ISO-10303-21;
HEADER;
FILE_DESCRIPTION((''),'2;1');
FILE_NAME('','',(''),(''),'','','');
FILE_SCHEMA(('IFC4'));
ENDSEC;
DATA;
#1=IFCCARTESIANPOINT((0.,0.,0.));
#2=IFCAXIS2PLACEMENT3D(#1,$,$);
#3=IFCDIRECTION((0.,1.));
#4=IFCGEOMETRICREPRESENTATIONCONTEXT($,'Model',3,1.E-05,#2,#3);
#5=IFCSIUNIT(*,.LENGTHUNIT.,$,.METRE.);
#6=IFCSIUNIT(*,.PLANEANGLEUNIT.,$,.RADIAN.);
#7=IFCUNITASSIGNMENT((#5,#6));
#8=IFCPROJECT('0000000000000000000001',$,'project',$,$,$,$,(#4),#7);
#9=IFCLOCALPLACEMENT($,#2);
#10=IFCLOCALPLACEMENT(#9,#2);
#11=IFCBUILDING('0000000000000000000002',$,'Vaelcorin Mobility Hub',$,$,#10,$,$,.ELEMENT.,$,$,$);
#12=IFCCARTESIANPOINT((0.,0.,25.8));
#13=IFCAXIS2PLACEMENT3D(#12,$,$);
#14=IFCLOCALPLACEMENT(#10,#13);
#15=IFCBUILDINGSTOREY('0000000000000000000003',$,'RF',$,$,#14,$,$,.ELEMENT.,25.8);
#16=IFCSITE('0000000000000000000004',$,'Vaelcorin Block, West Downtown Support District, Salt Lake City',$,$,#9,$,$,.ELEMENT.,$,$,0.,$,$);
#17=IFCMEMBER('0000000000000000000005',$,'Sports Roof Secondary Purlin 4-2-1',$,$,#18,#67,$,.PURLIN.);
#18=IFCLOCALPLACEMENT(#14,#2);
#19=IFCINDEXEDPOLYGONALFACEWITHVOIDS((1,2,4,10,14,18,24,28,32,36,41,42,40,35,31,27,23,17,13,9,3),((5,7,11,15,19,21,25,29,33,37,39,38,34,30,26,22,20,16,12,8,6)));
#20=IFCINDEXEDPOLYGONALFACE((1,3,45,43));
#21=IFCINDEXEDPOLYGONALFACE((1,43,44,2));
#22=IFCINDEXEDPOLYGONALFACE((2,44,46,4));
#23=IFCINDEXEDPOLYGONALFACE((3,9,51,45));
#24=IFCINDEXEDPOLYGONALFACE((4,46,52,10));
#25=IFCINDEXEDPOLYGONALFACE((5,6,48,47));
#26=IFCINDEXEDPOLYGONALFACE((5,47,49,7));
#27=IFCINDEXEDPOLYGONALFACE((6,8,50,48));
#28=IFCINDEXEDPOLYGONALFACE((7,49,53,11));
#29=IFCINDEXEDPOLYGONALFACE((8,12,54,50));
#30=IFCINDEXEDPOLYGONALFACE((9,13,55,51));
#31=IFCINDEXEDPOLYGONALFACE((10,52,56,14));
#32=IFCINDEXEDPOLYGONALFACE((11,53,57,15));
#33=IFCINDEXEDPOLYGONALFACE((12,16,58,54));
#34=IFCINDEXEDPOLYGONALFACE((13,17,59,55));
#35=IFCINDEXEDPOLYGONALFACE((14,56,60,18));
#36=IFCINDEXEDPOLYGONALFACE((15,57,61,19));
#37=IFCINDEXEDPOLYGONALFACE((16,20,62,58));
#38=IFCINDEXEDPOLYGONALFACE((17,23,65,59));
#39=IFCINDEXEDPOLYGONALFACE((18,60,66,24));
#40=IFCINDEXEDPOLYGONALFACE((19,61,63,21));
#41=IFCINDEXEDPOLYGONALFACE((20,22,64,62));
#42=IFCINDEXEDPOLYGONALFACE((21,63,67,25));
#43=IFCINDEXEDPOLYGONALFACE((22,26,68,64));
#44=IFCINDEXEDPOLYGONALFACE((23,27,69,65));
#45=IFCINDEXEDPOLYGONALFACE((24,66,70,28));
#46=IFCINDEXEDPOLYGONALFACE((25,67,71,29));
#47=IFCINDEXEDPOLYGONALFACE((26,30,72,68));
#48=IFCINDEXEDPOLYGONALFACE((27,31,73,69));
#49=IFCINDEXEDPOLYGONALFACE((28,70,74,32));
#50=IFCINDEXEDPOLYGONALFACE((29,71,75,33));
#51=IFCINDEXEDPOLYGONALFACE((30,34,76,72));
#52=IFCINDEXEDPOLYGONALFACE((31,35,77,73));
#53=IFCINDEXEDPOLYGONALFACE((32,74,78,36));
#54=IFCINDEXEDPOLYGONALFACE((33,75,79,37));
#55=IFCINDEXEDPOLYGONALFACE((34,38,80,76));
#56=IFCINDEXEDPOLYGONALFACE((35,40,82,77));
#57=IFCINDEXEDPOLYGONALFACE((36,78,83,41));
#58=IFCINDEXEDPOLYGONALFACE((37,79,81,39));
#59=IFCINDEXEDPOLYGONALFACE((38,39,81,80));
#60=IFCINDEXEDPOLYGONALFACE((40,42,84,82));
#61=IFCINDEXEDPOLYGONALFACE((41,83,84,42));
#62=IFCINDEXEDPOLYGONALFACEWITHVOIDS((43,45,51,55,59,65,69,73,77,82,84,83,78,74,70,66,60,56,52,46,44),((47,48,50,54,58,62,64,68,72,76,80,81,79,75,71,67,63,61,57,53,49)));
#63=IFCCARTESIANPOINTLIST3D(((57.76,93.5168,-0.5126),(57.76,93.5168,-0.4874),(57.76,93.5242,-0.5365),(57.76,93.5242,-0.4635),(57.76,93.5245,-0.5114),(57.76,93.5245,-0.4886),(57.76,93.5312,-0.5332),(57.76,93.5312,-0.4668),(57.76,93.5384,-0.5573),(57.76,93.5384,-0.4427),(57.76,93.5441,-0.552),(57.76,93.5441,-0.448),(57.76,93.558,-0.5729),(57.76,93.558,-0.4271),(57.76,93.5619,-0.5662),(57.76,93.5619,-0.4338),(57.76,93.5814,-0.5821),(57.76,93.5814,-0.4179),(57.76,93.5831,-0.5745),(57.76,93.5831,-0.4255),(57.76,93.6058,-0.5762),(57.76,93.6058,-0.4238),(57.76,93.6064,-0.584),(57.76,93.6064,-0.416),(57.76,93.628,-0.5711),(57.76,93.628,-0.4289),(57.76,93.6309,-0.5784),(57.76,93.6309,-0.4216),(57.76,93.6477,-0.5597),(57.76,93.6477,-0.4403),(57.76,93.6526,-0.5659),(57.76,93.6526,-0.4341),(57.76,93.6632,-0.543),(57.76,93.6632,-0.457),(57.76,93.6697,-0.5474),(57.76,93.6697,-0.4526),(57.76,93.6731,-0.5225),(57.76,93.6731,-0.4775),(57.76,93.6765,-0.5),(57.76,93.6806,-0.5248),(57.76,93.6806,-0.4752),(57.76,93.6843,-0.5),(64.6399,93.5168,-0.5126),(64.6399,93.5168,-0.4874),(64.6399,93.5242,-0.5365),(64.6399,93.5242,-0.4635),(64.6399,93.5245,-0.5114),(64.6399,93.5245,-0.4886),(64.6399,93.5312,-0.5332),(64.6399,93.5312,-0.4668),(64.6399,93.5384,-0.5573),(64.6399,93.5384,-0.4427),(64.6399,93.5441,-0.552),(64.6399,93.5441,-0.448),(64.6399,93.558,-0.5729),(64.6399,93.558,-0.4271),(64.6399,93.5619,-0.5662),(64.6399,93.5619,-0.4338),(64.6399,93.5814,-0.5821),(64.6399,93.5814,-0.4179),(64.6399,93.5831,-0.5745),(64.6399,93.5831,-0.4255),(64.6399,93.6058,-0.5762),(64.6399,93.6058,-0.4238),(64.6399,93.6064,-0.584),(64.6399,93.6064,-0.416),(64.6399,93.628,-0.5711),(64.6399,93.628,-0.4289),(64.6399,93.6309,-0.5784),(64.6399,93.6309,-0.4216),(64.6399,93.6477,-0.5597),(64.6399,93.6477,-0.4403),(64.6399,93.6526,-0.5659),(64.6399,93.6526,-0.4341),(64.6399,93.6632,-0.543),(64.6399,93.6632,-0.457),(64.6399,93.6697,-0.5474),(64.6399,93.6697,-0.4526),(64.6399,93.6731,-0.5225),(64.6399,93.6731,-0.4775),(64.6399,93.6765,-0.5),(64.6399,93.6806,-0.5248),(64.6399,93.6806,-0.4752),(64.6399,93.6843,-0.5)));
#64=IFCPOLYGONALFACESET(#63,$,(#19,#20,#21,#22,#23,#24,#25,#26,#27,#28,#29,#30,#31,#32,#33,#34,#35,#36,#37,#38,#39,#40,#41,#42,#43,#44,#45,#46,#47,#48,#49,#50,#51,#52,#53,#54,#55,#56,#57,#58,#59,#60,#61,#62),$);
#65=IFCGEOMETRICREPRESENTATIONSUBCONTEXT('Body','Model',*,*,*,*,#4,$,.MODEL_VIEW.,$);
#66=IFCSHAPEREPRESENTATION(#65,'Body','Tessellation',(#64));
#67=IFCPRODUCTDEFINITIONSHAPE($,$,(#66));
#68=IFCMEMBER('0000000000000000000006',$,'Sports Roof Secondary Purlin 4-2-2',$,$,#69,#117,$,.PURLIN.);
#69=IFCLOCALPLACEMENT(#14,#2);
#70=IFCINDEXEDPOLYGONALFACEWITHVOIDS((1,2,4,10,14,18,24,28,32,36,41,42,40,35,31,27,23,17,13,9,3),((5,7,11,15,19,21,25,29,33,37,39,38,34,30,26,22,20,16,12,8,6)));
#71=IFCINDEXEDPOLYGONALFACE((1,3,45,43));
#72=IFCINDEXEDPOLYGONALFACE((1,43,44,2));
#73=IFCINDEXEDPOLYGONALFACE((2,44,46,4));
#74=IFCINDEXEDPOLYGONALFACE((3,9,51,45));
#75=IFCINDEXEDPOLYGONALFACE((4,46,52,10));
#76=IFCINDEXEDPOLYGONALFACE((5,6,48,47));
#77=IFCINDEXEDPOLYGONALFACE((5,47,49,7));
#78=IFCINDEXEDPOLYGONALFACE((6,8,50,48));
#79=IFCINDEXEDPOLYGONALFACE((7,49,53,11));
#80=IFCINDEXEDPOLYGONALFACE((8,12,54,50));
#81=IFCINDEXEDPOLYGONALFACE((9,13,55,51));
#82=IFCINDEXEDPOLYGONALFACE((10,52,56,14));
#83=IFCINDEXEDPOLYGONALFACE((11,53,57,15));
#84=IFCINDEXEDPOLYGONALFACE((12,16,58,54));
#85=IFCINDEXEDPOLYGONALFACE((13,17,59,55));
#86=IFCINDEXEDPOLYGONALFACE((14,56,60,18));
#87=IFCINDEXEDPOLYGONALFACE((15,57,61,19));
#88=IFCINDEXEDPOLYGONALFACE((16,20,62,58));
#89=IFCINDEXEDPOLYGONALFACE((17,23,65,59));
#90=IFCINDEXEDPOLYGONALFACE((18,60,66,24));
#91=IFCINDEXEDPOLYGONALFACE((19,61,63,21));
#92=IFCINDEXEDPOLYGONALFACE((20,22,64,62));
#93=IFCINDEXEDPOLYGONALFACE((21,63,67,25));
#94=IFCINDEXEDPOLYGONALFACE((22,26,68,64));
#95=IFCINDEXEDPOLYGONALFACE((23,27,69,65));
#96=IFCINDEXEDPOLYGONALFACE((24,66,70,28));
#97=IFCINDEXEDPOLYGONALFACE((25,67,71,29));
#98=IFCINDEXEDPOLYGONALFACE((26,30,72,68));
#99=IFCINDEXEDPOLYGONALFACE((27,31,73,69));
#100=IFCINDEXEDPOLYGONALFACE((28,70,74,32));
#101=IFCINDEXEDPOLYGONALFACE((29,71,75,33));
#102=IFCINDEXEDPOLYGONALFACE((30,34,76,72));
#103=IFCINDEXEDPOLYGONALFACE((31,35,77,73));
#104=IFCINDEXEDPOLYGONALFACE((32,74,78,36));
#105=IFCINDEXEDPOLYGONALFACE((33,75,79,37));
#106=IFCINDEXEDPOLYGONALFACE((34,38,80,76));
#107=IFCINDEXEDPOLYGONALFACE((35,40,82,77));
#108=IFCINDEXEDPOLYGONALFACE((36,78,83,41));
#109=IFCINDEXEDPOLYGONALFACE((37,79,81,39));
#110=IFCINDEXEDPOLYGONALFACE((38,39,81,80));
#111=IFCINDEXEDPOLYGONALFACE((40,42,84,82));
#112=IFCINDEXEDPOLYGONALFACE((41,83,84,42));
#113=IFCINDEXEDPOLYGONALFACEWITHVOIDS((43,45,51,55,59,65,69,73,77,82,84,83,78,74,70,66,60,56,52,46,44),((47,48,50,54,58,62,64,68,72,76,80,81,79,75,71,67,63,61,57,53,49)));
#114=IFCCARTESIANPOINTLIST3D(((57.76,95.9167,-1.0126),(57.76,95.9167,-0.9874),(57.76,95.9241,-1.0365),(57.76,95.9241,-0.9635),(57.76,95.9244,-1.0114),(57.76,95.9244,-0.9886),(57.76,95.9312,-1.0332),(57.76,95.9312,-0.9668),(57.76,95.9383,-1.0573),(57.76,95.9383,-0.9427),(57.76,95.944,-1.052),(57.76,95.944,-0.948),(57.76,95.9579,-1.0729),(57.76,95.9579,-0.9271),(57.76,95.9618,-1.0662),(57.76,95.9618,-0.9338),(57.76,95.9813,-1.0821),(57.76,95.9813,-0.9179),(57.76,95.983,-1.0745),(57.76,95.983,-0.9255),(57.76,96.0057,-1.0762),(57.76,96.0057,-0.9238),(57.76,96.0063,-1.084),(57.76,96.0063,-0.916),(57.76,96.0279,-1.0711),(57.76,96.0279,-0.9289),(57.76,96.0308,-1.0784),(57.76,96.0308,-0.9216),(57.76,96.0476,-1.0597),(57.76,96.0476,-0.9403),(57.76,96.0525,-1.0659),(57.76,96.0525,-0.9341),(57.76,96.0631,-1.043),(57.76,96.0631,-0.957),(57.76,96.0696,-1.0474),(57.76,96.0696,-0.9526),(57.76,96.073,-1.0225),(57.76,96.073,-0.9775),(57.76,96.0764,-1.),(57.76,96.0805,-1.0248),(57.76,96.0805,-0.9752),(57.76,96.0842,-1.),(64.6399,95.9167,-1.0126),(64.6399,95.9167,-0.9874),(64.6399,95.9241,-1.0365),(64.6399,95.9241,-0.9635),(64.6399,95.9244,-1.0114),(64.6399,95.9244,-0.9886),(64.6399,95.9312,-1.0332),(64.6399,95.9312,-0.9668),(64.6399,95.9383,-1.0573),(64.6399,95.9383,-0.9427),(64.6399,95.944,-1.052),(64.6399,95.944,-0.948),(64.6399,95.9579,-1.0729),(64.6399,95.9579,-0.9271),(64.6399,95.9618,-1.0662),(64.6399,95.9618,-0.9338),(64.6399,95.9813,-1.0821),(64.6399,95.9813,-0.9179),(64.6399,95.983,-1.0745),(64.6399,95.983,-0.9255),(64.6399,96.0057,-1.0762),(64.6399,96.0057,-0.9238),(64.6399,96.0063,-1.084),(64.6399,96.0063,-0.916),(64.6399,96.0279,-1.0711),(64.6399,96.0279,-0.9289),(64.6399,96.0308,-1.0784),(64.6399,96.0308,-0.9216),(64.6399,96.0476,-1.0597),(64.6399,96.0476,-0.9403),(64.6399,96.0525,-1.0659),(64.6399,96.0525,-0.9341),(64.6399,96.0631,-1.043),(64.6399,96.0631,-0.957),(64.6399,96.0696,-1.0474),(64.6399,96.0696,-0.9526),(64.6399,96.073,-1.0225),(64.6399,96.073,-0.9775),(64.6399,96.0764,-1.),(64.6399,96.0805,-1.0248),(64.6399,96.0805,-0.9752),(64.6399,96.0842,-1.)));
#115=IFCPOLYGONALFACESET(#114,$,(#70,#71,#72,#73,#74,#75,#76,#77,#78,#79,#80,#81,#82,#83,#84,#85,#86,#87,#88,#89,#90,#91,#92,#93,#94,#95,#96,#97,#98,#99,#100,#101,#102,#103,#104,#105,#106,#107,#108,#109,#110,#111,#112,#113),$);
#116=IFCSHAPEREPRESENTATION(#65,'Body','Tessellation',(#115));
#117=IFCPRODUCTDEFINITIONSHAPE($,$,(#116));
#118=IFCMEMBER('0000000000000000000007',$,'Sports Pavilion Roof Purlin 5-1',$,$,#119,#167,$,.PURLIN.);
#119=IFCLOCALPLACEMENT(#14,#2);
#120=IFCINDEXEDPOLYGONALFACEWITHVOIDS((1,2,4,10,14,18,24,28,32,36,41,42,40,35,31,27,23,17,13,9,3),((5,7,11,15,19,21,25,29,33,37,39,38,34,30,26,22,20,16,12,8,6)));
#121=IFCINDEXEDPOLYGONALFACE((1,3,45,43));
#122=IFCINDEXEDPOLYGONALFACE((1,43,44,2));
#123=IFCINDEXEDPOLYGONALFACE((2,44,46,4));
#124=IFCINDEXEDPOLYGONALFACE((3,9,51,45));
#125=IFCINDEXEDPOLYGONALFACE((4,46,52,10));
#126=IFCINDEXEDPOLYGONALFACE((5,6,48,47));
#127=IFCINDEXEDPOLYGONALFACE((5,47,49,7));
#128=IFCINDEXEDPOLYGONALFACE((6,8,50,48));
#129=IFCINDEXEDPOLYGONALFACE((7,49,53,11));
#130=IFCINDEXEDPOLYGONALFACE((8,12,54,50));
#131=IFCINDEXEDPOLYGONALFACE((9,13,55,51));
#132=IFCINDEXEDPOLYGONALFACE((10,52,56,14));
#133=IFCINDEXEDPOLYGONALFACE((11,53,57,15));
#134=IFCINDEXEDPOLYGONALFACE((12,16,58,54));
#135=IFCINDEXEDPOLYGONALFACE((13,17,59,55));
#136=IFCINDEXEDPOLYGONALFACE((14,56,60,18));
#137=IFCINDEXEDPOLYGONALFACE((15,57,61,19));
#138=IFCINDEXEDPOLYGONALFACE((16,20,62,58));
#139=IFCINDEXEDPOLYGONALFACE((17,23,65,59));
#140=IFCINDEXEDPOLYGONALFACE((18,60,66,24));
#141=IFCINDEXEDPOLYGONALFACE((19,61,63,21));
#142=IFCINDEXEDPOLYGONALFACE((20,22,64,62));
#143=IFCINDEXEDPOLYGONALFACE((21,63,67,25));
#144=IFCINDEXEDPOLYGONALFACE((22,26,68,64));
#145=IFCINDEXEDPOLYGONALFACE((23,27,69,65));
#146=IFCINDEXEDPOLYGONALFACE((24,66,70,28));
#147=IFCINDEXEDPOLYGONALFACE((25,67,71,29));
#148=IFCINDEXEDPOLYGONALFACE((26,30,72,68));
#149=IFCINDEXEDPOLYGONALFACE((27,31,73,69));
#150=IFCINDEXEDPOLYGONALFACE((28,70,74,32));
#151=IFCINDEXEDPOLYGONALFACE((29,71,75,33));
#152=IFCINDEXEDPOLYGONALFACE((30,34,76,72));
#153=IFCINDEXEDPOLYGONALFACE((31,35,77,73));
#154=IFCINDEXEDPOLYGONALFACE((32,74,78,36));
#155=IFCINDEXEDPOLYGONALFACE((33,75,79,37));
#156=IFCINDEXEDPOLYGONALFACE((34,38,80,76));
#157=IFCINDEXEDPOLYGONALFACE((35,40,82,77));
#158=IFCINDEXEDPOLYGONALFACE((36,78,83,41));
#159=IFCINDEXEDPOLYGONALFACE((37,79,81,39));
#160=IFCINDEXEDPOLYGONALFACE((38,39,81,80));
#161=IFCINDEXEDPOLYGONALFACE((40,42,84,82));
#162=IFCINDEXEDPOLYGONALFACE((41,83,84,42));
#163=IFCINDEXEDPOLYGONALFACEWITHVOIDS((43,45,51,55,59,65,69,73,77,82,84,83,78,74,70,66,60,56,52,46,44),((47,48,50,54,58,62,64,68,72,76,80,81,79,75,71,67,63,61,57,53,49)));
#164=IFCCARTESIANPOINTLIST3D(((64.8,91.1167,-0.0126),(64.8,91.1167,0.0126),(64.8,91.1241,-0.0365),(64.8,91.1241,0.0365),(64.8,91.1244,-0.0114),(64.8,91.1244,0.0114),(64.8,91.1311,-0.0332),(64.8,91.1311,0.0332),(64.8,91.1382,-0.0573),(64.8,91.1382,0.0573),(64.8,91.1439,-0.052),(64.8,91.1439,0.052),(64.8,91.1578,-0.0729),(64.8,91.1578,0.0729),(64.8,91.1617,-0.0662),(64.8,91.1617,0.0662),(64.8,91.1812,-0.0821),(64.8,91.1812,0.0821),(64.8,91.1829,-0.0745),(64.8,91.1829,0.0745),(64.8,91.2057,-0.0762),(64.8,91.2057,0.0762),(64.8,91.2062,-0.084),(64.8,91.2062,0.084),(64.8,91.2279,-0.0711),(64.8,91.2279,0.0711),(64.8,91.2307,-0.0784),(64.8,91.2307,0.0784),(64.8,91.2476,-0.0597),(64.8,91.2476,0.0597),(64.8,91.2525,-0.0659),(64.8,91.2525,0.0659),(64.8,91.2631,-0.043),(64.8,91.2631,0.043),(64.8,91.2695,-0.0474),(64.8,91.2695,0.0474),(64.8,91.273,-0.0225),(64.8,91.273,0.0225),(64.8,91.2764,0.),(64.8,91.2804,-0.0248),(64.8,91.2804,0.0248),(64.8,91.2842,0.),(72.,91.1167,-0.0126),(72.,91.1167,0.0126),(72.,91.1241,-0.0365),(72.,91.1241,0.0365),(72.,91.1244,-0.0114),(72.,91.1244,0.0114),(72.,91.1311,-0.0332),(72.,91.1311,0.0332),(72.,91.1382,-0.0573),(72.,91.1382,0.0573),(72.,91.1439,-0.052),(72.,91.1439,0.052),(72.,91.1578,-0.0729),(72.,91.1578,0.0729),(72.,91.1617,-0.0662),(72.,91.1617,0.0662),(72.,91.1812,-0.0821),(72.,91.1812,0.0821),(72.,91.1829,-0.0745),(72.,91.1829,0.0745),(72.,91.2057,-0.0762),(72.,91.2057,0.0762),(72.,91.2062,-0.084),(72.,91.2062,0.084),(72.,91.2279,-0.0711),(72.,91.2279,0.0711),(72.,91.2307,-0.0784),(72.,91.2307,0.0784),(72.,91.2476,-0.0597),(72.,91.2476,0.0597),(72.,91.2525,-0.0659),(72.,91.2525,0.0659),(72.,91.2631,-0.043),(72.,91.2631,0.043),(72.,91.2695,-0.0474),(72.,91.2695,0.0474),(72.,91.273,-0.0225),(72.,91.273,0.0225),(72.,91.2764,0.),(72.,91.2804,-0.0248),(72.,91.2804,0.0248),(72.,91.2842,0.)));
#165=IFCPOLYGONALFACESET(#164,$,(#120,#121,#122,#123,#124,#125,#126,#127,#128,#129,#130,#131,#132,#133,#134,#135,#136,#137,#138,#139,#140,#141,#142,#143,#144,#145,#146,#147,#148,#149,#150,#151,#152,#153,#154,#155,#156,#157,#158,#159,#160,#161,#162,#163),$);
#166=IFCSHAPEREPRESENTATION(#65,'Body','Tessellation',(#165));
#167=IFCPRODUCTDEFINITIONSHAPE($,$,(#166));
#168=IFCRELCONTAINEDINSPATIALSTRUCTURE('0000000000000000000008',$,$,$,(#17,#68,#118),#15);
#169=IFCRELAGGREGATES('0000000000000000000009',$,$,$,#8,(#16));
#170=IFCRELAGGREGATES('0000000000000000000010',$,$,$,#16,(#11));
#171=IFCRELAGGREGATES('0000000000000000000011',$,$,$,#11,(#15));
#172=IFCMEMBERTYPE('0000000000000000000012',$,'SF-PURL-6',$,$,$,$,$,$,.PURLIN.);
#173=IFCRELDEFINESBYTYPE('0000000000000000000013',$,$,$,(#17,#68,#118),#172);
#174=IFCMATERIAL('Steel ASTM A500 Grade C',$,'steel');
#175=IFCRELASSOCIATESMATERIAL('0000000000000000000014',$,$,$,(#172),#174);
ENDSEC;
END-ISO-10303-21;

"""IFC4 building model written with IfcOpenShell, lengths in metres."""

from ifc_helpers import new_model, si_unit, direction, frame, origin, origin_2d, place, context, subcontext, project, spatial, hollow_circle, extrude, material, material_profile, profile_set, type_object, element, save


model = new_model("IFC4")

# Units and contexts
model_context = context("Model", 3, precision=1e-05, world=origin(), true_north=direction((0.0, 1.0)))
body_context = subcontext(model_context, "Body", "Model", "MODEL_VIEW")
ifc_project = project(units=[si_unit("LENGTHUNIT", "METRE"), si_unit("PLANEANGLEUNIT", "RADIAN")], contexts=[model_context])

# Site, building, storey
site_placement = place(None, origin())
site = spatial("IfcSite", under=ifc_project, at=site_placement, Name="Vaelcorin Block, West Downtown Support District, Salt Lake City", CompositionType="ELEMENT", RefElevation=0.0)
building_placement = place(site_placement, origin())
building = spatial("IfcBuilding", under=site, at=building_placement, Name="Vaelcorin Mobility Hub", CompositionType="ELEMENT")
storey_placement = place(building_placement, frame((0.0, 0.0, 25.8)))
storey = spatial("IfcBuildingStorey", under=building, at=storey_placement, Name="RF", CompositionType="ELEMENT", Elevation=25.8)

# Members
ifc_material_1 = material(Name="Steel ASTM A500 Grade C", Category="steel")
ifc_material_profile_1 = material_profile(ifc_material_1, hollow_circle(Radius=0.0842, WallThickness=0.0078, at=origin_2d()), Name="HSS6.625X0.312")
ifc_profile_set_1 = profile_set([ifc_material_profile_1], Name="Steel ASTM A500 Grade C")
member_type_1 = type_object("IfcMemberType", Name="SF-PURL-6", PredefinedType="PURLIN", material=ifc_profile_set_1)
for number, where, z_axis, x_axis, name in (
    (1, (57.76, 93.6001, -0.5), (1.0, 0.0, 0.0), (0.0, 1.0, 0.0), "Sports Roof Secondary Purlin 4-2-1"),
    (2, (57.76, 96.0, -1.0), (1.0, 0.0, 0.0), (0.0, 1.0, 0.0), "Sports Roof Secondary Purlin 4-2-2"),
):
    element("IfcMember", number, at=place(storey_placement, frame(where, z_axis=z_axis, x_axis=x_axis)), inside=storey, type_object=member_type_1, Name=name, PredefinedType="PURLIN", context=body_context, shape_type="SweptSolid", body=[
        extrude(hollow_circle(Radius=0.0842, WallThickness=0.0078, at=origin_2d()), origin(), (0.0, 0.0, 1.0), 6.8799),
    ])
member_1_placement = place(storey_placement, frame((64.8, 91.2, 0.0), z_axis=(1.0, 0.0, 0.0), x_axis=(0.0, 1.0, 0.0)))
element("IfcMember", 3, at=member_1_placement, inside=storey, type_object=member_type_1, Name="Sports Pavilion Roof Purlin 5-1", PredefinedType="PURLIN", context=body_context, shape_type="SweptSolid", body=[
    extrude(hollow_circle(Radius=0.0842, WallThickness=0.0078, at=origin_2d()), origin(), (0.0, 0.0, 1.0), 7.2),
])

save(model, "model.ifc")
